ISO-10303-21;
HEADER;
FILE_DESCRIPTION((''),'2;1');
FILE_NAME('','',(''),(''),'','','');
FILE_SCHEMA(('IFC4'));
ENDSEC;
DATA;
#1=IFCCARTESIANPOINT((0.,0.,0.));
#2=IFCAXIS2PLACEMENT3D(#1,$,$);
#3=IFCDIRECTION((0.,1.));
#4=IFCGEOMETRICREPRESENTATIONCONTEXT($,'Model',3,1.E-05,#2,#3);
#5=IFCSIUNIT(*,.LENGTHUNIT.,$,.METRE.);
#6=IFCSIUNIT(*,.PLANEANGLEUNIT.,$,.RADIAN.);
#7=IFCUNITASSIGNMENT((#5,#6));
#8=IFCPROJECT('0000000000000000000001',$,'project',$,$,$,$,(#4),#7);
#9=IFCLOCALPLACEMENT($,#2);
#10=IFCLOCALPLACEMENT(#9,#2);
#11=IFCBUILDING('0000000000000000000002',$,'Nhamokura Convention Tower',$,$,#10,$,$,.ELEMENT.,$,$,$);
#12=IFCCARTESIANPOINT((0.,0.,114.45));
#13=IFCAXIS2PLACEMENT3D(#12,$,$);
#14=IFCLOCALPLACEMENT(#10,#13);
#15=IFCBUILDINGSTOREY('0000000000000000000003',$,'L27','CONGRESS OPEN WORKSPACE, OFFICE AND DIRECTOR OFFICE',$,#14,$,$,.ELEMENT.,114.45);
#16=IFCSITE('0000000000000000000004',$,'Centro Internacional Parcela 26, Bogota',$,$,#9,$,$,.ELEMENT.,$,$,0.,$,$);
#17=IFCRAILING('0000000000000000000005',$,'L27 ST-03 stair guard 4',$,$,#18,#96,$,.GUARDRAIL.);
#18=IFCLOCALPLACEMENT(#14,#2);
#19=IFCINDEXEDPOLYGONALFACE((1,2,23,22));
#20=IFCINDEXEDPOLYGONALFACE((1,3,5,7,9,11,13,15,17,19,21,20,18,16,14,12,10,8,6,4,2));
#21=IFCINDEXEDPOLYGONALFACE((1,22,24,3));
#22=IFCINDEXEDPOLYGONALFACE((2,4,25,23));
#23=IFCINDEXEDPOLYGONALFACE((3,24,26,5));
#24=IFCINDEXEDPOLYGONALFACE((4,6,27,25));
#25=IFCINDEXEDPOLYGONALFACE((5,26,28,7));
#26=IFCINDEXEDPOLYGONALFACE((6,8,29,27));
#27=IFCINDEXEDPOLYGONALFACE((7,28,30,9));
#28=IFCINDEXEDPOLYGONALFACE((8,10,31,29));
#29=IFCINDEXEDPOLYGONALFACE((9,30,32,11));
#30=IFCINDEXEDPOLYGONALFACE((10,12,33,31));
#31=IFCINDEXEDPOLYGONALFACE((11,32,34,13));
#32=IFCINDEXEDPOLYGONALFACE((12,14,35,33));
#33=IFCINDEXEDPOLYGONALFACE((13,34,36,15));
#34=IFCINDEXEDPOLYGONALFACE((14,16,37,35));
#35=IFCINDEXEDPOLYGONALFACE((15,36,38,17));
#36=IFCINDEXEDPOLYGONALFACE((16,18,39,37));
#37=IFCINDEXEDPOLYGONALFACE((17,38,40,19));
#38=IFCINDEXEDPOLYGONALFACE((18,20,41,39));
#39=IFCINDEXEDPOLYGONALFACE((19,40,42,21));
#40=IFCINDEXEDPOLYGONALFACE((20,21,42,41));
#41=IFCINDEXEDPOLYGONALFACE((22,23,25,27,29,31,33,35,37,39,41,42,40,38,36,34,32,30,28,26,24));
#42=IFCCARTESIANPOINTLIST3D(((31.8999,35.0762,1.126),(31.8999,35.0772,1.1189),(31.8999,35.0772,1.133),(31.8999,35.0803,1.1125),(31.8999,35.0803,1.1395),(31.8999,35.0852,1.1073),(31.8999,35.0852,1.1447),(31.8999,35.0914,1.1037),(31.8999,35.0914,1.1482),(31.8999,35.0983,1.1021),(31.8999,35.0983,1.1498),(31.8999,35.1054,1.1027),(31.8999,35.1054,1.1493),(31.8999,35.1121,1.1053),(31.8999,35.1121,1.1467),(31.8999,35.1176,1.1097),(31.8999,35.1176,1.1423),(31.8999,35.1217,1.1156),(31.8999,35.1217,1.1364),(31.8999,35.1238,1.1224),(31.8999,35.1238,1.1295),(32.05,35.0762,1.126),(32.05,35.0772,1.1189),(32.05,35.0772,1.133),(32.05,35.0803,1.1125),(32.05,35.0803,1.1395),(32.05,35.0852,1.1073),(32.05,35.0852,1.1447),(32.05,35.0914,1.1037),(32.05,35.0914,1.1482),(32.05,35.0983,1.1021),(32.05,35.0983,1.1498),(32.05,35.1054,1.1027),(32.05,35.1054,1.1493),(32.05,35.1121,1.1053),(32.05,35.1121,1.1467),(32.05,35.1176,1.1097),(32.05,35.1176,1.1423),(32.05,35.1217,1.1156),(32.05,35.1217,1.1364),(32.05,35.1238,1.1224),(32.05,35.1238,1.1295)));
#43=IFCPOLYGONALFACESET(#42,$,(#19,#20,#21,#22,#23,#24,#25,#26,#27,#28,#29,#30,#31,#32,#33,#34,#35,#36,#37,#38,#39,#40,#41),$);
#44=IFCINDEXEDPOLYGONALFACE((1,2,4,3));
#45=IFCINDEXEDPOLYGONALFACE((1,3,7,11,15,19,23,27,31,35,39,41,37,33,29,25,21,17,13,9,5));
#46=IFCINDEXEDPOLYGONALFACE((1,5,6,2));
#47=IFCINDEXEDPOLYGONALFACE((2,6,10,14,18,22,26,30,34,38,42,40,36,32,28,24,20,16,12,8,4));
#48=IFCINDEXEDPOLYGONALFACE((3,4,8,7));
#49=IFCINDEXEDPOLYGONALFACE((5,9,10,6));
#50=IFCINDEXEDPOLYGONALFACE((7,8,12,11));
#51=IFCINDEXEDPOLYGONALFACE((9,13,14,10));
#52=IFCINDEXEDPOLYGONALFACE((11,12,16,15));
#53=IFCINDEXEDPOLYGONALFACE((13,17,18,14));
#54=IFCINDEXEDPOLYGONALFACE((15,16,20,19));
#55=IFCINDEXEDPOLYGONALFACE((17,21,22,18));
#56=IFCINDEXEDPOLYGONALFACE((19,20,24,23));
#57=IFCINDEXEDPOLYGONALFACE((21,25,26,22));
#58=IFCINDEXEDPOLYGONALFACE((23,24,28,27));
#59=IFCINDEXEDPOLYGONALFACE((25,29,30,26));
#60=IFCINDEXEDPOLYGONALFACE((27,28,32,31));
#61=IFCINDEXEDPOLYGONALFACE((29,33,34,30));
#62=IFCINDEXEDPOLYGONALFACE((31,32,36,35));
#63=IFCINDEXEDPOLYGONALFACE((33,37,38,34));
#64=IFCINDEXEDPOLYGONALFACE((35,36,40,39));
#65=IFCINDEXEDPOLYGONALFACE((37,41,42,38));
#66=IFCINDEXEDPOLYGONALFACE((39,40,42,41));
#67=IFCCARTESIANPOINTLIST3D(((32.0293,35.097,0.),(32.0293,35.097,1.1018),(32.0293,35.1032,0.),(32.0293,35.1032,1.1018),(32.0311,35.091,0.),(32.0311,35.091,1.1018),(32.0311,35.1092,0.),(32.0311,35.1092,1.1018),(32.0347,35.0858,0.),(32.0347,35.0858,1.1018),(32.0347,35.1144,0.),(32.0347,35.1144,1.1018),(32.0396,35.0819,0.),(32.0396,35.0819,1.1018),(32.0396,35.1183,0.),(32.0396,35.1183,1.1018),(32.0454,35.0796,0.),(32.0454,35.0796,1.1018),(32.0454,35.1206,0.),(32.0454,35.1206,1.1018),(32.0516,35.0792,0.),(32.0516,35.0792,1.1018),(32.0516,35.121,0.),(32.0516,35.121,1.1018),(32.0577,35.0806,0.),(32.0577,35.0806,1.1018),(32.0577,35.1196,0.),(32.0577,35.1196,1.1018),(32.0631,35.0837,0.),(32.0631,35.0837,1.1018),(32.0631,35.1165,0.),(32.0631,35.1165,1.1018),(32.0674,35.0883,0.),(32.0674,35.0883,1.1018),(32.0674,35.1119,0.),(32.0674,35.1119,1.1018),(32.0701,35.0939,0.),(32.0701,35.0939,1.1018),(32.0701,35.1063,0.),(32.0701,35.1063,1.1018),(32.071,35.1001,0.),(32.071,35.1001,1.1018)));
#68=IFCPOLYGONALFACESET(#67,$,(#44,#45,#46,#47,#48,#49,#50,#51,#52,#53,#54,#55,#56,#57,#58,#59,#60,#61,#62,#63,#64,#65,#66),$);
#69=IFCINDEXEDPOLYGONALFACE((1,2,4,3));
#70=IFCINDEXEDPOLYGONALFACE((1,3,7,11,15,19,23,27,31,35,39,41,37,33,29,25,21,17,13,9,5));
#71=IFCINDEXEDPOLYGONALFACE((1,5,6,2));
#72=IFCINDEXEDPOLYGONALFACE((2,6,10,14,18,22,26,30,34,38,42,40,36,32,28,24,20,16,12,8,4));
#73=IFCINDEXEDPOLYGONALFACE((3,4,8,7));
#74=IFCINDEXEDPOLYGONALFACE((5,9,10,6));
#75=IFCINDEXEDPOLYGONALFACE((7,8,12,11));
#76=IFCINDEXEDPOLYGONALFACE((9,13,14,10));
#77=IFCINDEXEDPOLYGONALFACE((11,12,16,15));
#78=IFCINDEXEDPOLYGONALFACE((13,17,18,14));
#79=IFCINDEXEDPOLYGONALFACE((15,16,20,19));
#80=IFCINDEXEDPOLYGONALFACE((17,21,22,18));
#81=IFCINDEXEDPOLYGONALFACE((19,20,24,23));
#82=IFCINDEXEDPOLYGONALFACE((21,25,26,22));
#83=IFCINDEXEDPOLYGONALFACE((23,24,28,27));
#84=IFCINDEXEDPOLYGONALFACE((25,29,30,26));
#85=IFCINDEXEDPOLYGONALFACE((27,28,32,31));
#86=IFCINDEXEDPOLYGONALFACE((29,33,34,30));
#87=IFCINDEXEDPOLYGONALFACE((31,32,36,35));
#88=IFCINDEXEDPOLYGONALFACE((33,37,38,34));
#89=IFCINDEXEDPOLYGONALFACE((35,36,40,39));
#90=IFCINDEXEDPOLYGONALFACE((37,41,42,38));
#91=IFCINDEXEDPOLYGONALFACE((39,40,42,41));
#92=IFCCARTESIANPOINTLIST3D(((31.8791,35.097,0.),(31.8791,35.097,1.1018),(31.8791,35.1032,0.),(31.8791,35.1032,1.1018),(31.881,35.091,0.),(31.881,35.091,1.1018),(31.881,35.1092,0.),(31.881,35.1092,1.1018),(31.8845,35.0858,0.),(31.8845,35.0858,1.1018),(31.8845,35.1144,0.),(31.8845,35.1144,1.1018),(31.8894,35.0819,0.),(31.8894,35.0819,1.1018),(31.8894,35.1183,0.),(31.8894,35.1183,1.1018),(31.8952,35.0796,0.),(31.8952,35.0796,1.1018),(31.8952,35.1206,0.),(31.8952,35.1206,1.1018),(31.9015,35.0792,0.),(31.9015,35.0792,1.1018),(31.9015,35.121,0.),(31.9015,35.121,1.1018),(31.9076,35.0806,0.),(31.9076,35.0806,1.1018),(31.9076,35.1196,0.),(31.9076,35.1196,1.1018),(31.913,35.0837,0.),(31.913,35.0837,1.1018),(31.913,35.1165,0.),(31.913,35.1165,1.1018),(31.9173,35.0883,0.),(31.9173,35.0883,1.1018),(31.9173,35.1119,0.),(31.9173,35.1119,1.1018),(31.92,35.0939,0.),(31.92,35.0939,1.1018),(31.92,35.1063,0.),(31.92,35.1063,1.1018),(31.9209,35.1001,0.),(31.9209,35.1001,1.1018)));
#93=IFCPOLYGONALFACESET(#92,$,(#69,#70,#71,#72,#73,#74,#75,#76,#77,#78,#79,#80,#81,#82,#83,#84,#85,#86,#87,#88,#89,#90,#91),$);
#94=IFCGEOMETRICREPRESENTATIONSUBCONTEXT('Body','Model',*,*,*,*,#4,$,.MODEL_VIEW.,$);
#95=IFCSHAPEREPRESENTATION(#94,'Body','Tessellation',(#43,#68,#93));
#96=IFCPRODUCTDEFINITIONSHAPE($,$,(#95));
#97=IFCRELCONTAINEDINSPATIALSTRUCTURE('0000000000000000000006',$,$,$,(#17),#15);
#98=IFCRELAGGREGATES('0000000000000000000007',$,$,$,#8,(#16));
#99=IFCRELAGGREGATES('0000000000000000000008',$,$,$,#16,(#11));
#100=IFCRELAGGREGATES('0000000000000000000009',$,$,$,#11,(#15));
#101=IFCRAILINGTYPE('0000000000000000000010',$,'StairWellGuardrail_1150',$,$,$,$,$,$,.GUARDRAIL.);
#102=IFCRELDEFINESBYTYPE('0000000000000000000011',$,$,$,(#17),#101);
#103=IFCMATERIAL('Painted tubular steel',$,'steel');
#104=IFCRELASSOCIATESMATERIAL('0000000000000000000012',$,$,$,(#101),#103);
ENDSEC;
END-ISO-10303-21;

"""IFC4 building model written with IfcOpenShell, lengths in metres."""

from ifc_helpers import new_model, si_unit, direction, frame, origin, origin_2d, place, context, subcontext, project, spatial, circle, extrude, material, type_object, element, save


model = new_model("IFC4")

# Units and contexts
model_context = context("Model", 3, precision=1e-05, world=origin(), true_north=direction((0.0, 1.0)))
body_context = subcontext(model_context, "Body", "Model", "MODEL_VIEW")
ifc_project = project(units=[si_unit("LENGTHUNIT", "METRE"), si_unit("PLANEANGLEUNIT", "RADIAN")], contexts=[model_context])

# Site, building, storey
site_placement = place(None, origin())
site = spatial("IfcSite", under=ifc_project, at=site_placement, Name="Centro Internacional Parcela 26, Bogota", CompositionType="ELEMENT", RefElevation=0.0)
building_placement = place(site_placement, origin())
building = spatial("IfcBuilding", under=site, at=building_placement, Name="Nhamokura Convention Tower", CompositionType="ELEMENT")
storey_placement = place(building_placement, frame((0.0, 0.0, 114.45)))
storey = spatial("IfcBuildingStorey", under=building, at=storey_placement, Name="L27", Description="CONGRESS OPEN WORKSPACE, OFFICE AND DIRECTOR OFFICE", CompositionType="ELEMENT", Elevation=114.45)

# Railing
ifc_material_1 = material(Name="Painted tubular steel", Category="steel")
railing_type_1 = type_object("IfcRailingType", Name="StairWellGuardrail_1150", PredefinedType="GUARDRAIL", material=ifc_material_1)
railing_1_placement = place(storey_placement, frame((32.05, 35.1001, 0.0)))
element("IfcRailing", 1, at=railing_1_placement, inside=storey, type_object=railing_type_1, Name="L27 ST-03 stair guard 4", PredefinedType="GUARDRAIL", context=body_context, shape_type="SweptSolid", body=[
    extrude(circle(Radius=0.0239, at=origin_2d()), frame((0.0, 0.0, 1.126), z_axis=(-1.0, 0.0, 0.0), x_axis=(0.0, -1.0, 0.0)), (0.0, 0.0, 1.0), 0.1501),
    extrude(circle(Radius=0.021, at=origin_2d()), origin(), (0.0, 0.0, 1.0), 1.1018),
    extrude(circle(Radius=0.021, at=origin_2d()), frame((-0.1501, 0.0, 0.0)), (0.0, 0.0, 1.0), 1.1018),
])

save(model, "model.ifc")
